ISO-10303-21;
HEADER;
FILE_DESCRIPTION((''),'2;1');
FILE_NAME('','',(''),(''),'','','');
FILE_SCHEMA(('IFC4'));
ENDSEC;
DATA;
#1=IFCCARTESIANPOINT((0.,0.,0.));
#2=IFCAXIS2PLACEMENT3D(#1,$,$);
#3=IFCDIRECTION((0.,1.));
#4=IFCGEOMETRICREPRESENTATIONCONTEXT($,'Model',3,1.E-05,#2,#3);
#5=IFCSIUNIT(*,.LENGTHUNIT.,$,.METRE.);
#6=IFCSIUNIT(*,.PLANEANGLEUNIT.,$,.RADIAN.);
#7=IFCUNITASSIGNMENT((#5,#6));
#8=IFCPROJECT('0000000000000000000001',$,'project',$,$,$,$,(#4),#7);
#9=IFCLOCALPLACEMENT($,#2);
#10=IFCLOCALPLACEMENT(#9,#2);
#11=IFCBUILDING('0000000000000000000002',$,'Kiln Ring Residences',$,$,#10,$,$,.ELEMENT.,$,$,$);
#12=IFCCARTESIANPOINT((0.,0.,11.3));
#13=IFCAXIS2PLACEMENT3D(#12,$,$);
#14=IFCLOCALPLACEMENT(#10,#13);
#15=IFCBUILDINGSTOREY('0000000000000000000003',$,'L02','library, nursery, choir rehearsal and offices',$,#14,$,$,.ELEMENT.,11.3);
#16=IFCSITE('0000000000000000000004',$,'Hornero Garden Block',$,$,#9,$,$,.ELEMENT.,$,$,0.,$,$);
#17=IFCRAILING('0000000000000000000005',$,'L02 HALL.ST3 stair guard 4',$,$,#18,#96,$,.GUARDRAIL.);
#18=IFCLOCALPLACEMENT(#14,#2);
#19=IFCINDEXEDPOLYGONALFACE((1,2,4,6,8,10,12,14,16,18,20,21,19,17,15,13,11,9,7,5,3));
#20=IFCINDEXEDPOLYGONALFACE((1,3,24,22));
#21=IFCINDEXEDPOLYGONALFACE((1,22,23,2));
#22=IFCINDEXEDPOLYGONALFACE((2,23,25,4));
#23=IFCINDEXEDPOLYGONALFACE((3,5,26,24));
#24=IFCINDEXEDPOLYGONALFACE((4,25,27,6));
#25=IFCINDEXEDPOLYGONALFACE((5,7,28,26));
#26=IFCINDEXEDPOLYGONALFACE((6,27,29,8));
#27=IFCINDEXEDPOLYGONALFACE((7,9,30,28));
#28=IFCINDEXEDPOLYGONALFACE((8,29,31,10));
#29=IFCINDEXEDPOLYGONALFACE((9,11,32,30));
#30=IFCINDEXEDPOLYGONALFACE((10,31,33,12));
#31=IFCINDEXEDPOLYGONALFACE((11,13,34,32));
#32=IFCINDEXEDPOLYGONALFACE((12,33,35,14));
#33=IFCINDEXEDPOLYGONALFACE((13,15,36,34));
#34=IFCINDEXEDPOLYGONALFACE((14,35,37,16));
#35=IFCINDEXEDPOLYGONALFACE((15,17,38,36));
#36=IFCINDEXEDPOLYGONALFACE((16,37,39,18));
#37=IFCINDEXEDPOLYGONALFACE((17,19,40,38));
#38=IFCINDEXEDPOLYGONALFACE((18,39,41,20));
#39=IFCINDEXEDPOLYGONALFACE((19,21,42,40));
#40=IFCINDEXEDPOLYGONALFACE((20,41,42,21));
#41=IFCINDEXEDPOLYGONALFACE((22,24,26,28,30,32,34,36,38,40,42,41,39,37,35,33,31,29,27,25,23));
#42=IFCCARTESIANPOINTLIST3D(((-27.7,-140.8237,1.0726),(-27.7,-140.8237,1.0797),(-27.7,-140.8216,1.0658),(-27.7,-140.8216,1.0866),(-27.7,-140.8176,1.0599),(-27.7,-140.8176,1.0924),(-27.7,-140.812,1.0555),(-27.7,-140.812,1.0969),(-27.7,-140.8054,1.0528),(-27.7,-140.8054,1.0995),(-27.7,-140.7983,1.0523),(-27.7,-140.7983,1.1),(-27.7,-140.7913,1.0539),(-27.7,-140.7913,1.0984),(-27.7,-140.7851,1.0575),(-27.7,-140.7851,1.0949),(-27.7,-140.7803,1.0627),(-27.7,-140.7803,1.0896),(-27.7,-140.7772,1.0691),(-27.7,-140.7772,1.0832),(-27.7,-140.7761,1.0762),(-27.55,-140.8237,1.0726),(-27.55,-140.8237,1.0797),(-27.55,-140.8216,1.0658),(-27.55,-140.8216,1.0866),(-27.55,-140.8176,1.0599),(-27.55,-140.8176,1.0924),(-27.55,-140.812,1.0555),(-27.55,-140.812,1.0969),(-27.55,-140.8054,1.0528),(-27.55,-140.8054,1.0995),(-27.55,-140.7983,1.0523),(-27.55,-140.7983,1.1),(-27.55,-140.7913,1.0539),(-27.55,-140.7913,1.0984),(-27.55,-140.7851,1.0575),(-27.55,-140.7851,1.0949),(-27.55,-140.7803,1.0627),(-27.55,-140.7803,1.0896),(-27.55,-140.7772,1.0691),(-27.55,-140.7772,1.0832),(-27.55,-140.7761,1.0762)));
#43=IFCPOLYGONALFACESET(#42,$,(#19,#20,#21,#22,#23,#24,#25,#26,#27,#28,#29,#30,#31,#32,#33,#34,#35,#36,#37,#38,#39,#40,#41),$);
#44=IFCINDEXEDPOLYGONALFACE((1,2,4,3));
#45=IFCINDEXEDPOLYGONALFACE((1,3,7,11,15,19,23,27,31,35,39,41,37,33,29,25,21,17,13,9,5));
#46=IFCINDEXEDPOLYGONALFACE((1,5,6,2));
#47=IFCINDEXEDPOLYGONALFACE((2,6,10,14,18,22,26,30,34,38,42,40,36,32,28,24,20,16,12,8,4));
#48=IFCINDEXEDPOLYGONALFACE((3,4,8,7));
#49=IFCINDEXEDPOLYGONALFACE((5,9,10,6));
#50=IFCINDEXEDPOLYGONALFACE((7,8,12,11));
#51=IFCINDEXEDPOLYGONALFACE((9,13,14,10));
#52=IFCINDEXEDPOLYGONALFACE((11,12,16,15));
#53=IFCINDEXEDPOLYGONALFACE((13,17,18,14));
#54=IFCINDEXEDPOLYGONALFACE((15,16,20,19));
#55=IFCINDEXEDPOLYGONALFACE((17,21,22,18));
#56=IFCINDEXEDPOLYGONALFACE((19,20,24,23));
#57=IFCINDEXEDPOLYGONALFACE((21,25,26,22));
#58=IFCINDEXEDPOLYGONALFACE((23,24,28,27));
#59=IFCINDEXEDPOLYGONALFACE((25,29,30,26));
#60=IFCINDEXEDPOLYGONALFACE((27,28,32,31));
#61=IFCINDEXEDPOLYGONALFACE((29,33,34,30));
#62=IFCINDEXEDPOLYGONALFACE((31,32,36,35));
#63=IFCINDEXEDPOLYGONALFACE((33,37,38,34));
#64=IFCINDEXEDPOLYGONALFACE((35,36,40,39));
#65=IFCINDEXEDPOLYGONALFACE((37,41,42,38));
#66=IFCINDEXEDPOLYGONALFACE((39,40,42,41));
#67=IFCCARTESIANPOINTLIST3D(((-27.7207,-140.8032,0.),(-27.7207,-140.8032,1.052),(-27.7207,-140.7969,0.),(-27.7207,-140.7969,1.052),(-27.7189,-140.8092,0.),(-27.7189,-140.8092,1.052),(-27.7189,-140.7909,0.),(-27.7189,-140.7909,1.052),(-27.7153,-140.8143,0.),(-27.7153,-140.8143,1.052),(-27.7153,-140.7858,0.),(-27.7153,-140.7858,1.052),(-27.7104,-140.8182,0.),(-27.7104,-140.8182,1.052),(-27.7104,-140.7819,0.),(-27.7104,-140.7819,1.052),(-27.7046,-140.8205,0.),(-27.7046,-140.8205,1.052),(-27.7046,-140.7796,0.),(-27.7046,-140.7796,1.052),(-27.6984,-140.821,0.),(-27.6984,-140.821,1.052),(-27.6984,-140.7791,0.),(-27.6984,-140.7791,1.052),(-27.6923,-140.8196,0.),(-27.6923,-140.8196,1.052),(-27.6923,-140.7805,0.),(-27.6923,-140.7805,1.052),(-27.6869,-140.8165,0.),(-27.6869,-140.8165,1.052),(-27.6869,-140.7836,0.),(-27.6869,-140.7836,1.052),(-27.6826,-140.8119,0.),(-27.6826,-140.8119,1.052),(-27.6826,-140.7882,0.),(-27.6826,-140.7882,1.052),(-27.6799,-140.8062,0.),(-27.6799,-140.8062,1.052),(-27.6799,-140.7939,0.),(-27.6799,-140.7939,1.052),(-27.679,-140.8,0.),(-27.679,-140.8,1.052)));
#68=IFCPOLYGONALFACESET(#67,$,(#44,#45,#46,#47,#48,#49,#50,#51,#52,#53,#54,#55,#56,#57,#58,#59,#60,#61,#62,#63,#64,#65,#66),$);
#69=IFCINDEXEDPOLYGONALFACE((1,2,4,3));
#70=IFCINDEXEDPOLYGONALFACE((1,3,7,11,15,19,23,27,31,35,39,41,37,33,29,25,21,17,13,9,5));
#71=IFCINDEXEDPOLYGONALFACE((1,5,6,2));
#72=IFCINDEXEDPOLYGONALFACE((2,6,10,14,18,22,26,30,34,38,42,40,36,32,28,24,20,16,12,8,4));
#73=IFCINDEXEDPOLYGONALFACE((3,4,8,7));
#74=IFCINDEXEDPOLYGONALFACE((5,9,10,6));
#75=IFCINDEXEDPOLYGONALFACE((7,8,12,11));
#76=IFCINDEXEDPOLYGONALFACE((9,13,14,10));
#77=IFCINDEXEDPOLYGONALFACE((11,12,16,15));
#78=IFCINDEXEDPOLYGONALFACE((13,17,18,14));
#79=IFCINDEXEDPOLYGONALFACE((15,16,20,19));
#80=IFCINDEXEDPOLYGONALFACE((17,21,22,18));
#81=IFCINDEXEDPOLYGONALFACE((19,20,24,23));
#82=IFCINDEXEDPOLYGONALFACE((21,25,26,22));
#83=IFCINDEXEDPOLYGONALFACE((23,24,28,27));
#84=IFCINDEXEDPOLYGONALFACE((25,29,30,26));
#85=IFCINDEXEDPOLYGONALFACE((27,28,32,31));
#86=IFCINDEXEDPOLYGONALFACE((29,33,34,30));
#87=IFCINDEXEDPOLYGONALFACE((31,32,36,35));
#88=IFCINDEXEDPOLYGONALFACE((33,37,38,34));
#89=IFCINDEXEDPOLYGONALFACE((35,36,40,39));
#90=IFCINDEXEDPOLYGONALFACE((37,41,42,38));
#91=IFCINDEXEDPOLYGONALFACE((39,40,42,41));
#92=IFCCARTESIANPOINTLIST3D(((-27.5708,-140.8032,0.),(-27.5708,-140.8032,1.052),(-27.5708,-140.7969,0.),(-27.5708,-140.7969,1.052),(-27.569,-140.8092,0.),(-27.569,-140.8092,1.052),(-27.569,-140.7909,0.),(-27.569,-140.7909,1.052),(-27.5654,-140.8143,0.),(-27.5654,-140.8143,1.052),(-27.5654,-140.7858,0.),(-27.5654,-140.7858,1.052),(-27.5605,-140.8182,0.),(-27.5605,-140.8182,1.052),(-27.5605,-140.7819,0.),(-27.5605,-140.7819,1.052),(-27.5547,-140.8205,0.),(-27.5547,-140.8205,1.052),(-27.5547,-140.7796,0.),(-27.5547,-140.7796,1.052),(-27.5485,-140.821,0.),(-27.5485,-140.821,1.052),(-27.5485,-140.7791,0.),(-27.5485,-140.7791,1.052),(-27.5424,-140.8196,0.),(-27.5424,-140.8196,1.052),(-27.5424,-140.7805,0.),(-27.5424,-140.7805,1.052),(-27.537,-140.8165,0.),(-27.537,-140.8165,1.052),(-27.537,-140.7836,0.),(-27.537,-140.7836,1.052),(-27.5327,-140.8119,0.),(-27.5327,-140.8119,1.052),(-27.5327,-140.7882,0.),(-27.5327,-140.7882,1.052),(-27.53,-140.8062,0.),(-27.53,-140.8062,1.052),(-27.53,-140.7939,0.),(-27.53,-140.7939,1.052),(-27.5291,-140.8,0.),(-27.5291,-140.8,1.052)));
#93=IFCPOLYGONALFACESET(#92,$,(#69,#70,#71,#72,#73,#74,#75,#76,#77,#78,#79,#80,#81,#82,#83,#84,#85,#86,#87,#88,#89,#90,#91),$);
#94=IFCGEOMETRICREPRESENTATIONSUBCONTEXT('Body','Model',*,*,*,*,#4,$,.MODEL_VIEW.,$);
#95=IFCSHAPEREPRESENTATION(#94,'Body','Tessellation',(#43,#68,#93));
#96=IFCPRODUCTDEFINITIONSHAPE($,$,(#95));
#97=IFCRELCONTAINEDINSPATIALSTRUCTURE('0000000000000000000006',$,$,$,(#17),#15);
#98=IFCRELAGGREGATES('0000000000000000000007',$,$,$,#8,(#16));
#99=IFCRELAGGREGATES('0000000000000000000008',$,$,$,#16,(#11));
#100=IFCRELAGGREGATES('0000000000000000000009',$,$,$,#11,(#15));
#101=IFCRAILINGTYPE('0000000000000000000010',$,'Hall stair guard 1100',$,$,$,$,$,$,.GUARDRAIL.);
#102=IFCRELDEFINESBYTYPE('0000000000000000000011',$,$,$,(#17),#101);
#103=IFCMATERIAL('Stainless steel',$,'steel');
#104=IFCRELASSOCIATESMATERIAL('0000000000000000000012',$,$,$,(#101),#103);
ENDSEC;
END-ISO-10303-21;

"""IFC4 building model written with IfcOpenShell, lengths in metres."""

from ifc_helpers import new_model, si_unit, direction, frame, origin, origin_2d, place, context, subcontext, project, spatial, circle, extrude, material, type_object, element, save


model = new_model("IFC4")

# Units and contexts
model_context = context("Model", 3, precision=1e-05, world=origin(), true_north=direction((0.0, 1.0)))
body_context = subcontext(model_context, "Body", "Model", "MODEL_VIEW")
ifc_project = project(units=[si_unit("LENGTHUNIT", "METRE"), si_unit("PLANEANGLEUNIT", "RADIAN")], contexts=[model_context])

# Site, building, storey
site_placement = place(None, origin())
site = spatial("IfcSite", under=ifc_project, at=site_placement, Name="Hornero Garden Block", CompositionType="ELEMENT", RefElevation=0.0)
building_placement = place(site_placement, origin())
building = spatial("IfcBuilding", under=site, at=building_placement, Name="Kiln Ring Residences", CompositionType="ELEMENT")
storey_placement = place(building_placement, frame((0.0, 0.0, 11.3)))
storey = spatial("IfcBuildingStorey", under=building, at=storey_placement, Name="L02", Description="library, nursery, choir rehearsal and offices", CompositionType="ELEMENT", Elevation=11.3)

# Railing
ifc_material_1 = material(Name="Stainless steel", Category="steel")
railing_type_1 = type_object("IfcRailingType", Name="Hall stair guard 1100", PredefinedType="GUARDRAIL", material=ifc_material_1)
railing_1_placement = place(storey_placement, frame((-27.7, -140.8, 0.0)))
element("IfcRailing", 1, at=railing_1_placement, inside=storey, type_object=railing_type_1, Name="L02 HALL.ST3 stair guard 4", PredefinedType="GUARDRAIL", context=body_context, shape_type="SweptSolid", body=[
    extrude(circle(Radius=0.0239, at=origin_2d()), frame((0.0, 0.0, 1.0762), z_axis=(1.0, 0.0, 0.0), x_axis=(0.0, 1.0, 0.0)), (0.0, 0.0, 1.0), 0.1499),
    extrude(circle(Radius=0.021, at=origin_2d()), origin(), (0.0, 0.0, 1.0), 1.052),
    extrude(circle(Radius=0.021, at=origin_2d()), frame((0.1499, 0.0, 0.0)), (0.0, 0.0, 1.0), 1.052),
])

save(model, "model.ifc")
